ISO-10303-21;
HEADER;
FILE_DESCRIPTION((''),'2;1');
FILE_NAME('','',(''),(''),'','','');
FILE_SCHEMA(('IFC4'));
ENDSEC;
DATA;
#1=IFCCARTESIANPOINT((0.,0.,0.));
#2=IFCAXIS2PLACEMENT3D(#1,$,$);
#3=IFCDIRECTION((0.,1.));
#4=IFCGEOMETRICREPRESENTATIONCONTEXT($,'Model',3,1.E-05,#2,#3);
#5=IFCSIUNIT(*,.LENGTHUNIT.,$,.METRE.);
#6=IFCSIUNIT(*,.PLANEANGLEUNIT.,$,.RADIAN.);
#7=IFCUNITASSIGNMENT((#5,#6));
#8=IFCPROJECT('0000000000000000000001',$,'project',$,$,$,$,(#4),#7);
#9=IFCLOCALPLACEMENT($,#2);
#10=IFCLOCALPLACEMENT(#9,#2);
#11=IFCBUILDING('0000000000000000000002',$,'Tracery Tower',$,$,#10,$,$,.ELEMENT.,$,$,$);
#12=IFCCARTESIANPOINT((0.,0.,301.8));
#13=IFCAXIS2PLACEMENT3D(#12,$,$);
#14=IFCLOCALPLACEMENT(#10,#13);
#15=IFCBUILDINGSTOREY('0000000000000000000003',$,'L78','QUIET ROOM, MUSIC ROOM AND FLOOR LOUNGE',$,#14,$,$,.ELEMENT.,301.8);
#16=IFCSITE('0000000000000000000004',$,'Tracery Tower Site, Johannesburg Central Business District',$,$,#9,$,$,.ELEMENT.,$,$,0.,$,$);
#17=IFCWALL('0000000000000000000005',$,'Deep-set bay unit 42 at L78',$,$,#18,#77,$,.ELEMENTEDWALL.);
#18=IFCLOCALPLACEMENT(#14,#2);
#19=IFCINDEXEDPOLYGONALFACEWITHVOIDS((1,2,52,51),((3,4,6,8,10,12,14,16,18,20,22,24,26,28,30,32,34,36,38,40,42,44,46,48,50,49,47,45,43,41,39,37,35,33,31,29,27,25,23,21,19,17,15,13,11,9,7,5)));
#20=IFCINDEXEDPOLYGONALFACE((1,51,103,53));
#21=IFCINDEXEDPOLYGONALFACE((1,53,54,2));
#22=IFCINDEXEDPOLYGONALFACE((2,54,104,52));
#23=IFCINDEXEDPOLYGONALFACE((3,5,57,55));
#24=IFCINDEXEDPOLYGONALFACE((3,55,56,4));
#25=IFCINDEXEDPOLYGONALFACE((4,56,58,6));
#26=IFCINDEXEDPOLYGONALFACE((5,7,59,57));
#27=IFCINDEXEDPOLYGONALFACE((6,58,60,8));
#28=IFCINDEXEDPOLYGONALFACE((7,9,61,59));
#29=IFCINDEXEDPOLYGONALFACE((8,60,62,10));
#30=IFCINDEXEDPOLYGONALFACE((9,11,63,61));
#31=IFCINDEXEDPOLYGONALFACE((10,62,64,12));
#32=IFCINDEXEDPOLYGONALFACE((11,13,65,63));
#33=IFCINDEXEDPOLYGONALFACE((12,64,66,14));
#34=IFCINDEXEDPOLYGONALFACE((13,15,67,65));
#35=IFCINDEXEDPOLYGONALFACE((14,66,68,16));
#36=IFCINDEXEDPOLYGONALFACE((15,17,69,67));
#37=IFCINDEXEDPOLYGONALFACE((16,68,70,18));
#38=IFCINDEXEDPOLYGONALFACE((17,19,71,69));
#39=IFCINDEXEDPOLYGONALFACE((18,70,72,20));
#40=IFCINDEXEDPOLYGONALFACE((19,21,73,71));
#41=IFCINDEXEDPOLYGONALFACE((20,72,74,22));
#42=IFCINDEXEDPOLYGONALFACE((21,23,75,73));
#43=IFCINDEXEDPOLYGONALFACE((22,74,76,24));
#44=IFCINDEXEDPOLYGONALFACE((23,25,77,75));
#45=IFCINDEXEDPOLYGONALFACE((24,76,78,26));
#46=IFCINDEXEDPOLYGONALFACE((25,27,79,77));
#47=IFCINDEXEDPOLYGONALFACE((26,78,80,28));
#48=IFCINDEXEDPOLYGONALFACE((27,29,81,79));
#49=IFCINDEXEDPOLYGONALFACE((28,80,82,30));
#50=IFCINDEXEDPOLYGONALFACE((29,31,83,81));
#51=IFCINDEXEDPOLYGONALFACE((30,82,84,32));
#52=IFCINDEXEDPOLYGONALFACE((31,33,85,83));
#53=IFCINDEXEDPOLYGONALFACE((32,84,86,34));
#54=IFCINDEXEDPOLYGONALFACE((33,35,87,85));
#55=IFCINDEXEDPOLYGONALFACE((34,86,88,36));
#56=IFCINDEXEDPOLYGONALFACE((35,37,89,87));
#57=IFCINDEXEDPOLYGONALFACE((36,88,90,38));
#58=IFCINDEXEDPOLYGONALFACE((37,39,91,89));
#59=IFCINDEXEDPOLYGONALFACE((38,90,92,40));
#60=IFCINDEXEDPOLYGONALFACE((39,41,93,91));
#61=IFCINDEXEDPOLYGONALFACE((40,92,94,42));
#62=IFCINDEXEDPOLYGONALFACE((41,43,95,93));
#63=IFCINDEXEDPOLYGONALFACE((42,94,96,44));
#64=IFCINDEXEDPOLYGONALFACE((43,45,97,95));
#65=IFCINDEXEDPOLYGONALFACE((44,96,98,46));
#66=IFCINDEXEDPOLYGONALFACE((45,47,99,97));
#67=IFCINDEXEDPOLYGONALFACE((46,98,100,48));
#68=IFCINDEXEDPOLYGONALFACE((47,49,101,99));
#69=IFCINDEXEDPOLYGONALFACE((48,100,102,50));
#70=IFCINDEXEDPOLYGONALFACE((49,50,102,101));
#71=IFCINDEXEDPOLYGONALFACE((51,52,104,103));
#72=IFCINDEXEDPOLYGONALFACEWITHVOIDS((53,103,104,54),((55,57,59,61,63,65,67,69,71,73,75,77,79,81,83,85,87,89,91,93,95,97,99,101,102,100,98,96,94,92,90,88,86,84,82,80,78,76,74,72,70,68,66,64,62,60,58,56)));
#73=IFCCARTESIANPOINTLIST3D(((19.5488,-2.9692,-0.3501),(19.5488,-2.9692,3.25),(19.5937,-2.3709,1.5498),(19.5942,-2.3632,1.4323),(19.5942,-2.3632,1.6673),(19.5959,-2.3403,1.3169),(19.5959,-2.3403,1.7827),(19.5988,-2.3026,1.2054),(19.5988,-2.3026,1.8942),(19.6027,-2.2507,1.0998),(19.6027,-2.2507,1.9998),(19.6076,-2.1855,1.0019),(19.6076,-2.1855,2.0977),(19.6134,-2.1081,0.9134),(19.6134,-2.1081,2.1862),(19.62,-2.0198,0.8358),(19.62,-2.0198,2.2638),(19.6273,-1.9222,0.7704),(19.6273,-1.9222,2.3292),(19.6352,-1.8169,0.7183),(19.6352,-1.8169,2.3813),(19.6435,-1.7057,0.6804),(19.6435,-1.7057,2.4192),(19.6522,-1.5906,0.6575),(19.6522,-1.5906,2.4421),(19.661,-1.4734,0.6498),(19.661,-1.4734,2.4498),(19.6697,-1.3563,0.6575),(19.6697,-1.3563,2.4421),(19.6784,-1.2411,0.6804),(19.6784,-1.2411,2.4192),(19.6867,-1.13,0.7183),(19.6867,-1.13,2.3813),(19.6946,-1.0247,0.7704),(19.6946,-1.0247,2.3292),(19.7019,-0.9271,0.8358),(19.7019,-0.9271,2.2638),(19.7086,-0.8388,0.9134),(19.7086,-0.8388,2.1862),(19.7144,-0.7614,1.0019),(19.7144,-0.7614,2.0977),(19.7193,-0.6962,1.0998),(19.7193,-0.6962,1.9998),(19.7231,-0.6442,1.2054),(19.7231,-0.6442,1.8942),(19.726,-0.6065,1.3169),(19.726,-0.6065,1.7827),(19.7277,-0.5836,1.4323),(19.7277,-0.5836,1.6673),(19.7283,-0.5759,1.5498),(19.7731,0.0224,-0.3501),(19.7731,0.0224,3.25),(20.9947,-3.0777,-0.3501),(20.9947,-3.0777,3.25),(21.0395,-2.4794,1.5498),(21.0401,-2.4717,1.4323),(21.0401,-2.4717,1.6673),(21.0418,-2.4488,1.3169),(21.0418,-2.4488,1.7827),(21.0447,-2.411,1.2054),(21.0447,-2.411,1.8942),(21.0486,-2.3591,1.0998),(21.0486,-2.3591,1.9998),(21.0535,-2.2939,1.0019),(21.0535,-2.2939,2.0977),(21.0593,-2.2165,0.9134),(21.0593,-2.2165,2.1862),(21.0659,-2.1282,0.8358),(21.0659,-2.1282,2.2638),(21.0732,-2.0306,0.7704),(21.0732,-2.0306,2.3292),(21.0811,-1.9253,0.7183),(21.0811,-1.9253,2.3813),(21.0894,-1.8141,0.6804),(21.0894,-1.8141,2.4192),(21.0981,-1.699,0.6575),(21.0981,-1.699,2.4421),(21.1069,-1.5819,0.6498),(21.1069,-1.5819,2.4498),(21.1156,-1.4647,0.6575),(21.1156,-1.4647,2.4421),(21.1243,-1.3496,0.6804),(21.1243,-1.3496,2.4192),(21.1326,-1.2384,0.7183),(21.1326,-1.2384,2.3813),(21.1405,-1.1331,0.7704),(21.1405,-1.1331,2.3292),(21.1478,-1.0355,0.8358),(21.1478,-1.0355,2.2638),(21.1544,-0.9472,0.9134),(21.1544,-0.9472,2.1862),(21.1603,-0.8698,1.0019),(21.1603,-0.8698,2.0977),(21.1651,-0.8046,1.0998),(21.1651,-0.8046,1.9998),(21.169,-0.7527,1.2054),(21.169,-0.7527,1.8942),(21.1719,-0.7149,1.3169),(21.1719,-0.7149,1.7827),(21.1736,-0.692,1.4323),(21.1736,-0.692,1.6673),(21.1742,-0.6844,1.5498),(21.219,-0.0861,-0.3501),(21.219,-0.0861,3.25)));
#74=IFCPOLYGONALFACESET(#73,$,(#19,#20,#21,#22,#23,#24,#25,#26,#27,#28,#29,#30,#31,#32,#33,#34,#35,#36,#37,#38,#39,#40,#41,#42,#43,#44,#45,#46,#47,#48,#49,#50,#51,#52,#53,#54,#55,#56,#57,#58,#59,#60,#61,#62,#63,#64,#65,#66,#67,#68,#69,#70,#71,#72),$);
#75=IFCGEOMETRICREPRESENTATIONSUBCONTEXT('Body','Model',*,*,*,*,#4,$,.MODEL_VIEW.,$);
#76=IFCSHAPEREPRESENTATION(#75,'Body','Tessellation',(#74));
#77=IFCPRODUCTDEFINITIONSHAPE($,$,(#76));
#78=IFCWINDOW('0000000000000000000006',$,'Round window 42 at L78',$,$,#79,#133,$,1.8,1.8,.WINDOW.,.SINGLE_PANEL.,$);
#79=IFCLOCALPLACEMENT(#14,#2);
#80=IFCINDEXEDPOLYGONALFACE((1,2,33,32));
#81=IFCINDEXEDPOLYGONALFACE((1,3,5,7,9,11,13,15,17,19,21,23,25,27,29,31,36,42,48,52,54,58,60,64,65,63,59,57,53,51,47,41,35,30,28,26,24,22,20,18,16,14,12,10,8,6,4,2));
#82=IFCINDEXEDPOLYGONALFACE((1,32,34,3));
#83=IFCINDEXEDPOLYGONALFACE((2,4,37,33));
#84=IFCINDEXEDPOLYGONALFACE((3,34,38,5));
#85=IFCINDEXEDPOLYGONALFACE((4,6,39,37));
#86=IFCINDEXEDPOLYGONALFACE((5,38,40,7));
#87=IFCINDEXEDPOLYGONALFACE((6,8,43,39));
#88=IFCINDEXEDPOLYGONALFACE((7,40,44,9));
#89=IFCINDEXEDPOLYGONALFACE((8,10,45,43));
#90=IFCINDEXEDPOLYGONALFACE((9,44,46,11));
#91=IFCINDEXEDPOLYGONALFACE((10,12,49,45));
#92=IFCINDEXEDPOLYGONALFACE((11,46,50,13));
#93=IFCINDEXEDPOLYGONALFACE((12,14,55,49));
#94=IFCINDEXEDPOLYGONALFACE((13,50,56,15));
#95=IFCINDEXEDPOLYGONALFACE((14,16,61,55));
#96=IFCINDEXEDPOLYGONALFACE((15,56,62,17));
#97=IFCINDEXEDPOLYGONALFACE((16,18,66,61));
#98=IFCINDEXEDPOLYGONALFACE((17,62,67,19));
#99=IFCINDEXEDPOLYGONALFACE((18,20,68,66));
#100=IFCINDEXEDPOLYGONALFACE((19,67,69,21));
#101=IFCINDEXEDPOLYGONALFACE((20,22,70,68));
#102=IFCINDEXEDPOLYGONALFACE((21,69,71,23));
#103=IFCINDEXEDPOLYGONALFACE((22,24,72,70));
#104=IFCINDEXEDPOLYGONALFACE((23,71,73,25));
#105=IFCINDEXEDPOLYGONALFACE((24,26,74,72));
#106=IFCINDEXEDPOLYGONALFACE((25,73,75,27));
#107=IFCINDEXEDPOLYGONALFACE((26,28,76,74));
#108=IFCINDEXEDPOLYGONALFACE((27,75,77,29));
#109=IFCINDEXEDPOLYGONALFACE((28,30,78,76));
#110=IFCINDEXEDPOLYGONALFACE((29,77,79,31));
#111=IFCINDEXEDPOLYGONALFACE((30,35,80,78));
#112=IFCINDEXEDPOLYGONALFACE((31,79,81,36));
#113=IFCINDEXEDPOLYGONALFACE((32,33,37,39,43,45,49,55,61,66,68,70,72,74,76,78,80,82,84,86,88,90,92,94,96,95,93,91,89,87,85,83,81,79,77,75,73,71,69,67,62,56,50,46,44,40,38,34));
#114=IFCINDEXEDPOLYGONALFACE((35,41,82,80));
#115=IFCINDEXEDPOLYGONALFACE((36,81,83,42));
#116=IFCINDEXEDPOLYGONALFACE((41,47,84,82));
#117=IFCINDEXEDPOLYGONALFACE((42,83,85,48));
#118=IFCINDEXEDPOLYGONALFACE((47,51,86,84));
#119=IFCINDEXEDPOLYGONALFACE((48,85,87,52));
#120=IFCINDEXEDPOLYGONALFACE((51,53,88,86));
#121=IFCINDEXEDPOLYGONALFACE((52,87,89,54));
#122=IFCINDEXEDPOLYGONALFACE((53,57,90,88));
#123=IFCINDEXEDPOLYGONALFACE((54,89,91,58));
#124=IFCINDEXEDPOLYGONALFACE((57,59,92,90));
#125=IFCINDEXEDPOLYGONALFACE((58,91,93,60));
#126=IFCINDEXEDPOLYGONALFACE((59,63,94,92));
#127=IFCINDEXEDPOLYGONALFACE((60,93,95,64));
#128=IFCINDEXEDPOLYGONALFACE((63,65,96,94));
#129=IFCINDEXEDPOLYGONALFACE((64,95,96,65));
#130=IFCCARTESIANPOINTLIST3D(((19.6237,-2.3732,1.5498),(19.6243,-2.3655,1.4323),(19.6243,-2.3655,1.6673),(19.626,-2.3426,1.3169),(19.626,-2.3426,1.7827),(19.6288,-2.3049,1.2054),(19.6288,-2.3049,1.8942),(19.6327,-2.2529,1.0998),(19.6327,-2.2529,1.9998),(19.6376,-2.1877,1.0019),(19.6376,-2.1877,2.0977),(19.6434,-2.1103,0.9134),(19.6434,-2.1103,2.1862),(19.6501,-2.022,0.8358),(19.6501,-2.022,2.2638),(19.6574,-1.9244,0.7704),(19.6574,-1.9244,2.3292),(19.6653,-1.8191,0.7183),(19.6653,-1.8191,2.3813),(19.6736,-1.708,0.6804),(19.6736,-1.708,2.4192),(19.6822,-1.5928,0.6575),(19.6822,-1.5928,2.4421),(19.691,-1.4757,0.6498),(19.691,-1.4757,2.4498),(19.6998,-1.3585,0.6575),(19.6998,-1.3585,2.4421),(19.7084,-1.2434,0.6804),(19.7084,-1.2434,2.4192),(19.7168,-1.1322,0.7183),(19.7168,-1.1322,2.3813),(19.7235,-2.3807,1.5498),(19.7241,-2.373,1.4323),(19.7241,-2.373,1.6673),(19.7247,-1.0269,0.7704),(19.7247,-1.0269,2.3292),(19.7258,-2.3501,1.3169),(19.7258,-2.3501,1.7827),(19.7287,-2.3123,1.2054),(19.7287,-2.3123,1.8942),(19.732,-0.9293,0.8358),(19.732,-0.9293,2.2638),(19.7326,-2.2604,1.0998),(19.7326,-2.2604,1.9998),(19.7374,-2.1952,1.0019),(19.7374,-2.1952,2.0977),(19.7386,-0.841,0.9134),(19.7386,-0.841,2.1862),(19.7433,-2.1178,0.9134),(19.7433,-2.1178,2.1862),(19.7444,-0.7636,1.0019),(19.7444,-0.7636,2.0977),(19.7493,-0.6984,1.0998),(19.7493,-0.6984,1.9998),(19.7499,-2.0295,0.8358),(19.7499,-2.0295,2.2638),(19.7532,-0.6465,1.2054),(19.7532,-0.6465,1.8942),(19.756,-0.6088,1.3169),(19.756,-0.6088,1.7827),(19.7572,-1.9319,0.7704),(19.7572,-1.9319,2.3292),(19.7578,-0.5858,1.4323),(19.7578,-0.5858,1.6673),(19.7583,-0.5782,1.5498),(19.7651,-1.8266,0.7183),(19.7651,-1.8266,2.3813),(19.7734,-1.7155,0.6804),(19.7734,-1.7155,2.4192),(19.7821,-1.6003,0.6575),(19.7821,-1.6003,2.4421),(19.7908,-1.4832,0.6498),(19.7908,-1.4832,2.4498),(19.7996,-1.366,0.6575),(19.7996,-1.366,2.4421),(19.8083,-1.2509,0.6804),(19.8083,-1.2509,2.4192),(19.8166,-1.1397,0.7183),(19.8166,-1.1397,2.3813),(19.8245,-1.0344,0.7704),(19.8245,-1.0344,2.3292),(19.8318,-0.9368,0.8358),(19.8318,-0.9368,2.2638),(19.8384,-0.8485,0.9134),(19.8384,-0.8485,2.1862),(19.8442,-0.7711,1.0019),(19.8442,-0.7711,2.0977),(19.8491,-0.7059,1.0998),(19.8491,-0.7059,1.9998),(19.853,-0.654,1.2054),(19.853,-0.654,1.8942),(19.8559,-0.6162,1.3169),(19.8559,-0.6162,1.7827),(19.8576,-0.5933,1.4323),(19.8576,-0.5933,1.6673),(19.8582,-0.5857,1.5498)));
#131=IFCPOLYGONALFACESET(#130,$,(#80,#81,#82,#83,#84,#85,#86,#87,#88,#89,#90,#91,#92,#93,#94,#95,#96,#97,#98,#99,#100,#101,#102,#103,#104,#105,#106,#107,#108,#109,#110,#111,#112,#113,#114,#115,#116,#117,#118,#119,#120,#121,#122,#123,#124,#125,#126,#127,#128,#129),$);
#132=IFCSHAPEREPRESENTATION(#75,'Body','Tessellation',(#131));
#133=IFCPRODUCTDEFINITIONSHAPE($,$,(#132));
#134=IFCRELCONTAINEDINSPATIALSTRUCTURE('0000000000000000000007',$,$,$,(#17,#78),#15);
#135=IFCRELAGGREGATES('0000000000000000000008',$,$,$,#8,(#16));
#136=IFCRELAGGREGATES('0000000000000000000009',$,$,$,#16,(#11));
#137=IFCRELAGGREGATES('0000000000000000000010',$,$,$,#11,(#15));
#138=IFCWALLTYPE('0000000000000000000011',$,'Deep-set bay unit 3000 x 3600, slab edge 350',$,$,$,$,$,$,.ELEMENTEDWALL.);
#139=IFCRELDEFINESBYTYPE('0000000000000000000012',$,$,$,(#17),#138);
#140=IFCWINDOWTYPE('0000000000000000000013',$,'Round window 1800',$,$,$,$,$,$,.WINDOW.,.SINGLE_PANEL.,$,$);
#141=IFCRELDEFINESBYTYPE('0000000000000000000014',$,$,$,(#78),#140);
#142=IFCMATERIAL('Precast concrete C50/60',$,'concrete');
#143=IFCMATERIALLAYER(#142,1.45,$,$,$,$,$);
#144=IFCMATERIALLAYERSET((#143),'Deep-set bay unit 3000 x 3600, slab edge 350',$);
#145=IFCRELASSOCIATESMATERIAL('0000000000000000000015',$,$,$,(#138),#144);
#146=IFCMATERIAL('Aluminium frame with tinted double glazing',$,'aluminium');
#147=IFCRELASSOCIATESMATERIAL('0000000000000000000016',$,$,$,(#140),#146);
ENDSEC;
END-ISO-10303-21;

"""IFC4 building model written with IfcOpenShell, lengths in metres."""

from ifc_helpers import new_model, si_unit, direction, frame, frame_2d, origin, origin_2d, place, context, subcontext, project, spatial, rectangle, circle, extrude, material, layer, layer_set, type_object, element, fill, save


model = new_model("IFC4")

# Units and contexts
model_context = context("Model", 3, precision=1e-05, world=origin(), true_north=direction((0.0, 1.0)))
body_context = subcontext(model_context, "Body", "Model", "MODEL_VIEW")
ifc_project = project(units=[si_unit("LENGTHUNIT", "METRE"), si_unit("PLANEANGLEUNIT", "RADIAN")], contexts=[model_context])

# Site, building, storey
site_placement = place(None, origin())
site = spatial("IfcSite", under=ifc_project, at=site_placement, Name="Tracery Tower Site, Johannesburg Central Business District", CompositionType="ELEMENT", RefElevation=0.0)
building_placement = place(site_placement, origin())
building = spatial("IfcBuilding", under=site, at=building_placement, Name="Tracery Tower", CompositionType="ELEMENT")
storey_placement = place(building_placement, frame((0.0, 0.0, 301.8)))
storey = spatial("IfcBuildingStorey", under=building, at=storey_placement, Name="L78", Description="QUIET ROOM, MUSIC ROOM AND FLOOR LOUNGE", CompositionType="ELEMENT", Elevation=301.8)

# Wall, opening, window
ifc_material_1 = material(Name="Precast concrete C50/60", Category="concrete")
ifc_layer_1 = layer(ifc_material_1, 1.45)
ifc_layer_set_1 = layer_set([ifc_layer_1], Name="Deep-set bay unit 3000 x 3600, slab edge 350")
wall_type_1 = type_object("IfcWallType", Name="Deep-set bay unit 3000 x 3600, slab edge 350", PredefinedType="ELEMENTEDWALL", material=ifc_layer_set_1)
wall_1_placement = place(storey_placement, frame((20.2717, -3.0234, -0.3501), z_axis=(0.0, 0.0, 1.0), x_axis=(0.074786, 0.9972, 0.0)))
wall_1 = element("IfcWall", 1, at=wall_1_placement, inside=storey, type_object=wall_type_1, Name="Deep-set bay unit 42 at L78", PredefinedType="ELEMENTEDWALL", context=body_context, shape_type="SweptSolid", body=[
    extrude(rectangle(XDim=3.0, YDim=1.45, at=frame_2d((1.5, 0.0))), origin(), (0.0, 0.0, 1.0), 3.6001),
])
opening_1_placement = place(wall_1_placement, frame((1.5, 0.0, 1.8999)))
opening_1 = element("IfcOpeningElement", 2, at=opening_1_placement, cuts=wall_1, PredefinedType="OPENING", context=body_context, shape_type="SweptSolid", body=[
    extrude(circle(Radius=0.9, at=origin_2d()), frame((0.0, 0.7349, 0.0), z_axis=(0.0, -1.0, 0.0), x_axis=(1.0, 0.0, 0.0)), (0.0, 0.0, 1.0), 1.47),
])
ifc_material_2 = material(Name="Aluminium frame with tinted double glazing", Category="aluminium")
window_type = type_object("IfcWindowType", Name="Round window 1800", PartitioningType="SINGLE_PANEL", PredefinedType="WINDOW", material=ifc_material_2)
window_1_placement = place(opening_1_placement, origin())
window_1 = element("IfcWindow", 3, at=window_1_placement, inside=storey, type_object=window_type, Name="Round window 42 at L78", OverallHeight=1.8, OverallWidth=1.8, PartitioningType="SINGLE_PANEL", PredefinedType="WINDOW", context=body_context, shape_type="SweptSolid", body=[
    extrude(circle(Radius=0.9, at=origin_2d()), frame((0.0, 0.6948, 0.0), z_axis=(0.0, -1.0, 0.0), x_axis=(1.0, 0.0, 0.0)), (0.0, 0.0, 1.0), 0.1001),
])
fill(opening_1, window_1)

save(model, "model.ifc")
